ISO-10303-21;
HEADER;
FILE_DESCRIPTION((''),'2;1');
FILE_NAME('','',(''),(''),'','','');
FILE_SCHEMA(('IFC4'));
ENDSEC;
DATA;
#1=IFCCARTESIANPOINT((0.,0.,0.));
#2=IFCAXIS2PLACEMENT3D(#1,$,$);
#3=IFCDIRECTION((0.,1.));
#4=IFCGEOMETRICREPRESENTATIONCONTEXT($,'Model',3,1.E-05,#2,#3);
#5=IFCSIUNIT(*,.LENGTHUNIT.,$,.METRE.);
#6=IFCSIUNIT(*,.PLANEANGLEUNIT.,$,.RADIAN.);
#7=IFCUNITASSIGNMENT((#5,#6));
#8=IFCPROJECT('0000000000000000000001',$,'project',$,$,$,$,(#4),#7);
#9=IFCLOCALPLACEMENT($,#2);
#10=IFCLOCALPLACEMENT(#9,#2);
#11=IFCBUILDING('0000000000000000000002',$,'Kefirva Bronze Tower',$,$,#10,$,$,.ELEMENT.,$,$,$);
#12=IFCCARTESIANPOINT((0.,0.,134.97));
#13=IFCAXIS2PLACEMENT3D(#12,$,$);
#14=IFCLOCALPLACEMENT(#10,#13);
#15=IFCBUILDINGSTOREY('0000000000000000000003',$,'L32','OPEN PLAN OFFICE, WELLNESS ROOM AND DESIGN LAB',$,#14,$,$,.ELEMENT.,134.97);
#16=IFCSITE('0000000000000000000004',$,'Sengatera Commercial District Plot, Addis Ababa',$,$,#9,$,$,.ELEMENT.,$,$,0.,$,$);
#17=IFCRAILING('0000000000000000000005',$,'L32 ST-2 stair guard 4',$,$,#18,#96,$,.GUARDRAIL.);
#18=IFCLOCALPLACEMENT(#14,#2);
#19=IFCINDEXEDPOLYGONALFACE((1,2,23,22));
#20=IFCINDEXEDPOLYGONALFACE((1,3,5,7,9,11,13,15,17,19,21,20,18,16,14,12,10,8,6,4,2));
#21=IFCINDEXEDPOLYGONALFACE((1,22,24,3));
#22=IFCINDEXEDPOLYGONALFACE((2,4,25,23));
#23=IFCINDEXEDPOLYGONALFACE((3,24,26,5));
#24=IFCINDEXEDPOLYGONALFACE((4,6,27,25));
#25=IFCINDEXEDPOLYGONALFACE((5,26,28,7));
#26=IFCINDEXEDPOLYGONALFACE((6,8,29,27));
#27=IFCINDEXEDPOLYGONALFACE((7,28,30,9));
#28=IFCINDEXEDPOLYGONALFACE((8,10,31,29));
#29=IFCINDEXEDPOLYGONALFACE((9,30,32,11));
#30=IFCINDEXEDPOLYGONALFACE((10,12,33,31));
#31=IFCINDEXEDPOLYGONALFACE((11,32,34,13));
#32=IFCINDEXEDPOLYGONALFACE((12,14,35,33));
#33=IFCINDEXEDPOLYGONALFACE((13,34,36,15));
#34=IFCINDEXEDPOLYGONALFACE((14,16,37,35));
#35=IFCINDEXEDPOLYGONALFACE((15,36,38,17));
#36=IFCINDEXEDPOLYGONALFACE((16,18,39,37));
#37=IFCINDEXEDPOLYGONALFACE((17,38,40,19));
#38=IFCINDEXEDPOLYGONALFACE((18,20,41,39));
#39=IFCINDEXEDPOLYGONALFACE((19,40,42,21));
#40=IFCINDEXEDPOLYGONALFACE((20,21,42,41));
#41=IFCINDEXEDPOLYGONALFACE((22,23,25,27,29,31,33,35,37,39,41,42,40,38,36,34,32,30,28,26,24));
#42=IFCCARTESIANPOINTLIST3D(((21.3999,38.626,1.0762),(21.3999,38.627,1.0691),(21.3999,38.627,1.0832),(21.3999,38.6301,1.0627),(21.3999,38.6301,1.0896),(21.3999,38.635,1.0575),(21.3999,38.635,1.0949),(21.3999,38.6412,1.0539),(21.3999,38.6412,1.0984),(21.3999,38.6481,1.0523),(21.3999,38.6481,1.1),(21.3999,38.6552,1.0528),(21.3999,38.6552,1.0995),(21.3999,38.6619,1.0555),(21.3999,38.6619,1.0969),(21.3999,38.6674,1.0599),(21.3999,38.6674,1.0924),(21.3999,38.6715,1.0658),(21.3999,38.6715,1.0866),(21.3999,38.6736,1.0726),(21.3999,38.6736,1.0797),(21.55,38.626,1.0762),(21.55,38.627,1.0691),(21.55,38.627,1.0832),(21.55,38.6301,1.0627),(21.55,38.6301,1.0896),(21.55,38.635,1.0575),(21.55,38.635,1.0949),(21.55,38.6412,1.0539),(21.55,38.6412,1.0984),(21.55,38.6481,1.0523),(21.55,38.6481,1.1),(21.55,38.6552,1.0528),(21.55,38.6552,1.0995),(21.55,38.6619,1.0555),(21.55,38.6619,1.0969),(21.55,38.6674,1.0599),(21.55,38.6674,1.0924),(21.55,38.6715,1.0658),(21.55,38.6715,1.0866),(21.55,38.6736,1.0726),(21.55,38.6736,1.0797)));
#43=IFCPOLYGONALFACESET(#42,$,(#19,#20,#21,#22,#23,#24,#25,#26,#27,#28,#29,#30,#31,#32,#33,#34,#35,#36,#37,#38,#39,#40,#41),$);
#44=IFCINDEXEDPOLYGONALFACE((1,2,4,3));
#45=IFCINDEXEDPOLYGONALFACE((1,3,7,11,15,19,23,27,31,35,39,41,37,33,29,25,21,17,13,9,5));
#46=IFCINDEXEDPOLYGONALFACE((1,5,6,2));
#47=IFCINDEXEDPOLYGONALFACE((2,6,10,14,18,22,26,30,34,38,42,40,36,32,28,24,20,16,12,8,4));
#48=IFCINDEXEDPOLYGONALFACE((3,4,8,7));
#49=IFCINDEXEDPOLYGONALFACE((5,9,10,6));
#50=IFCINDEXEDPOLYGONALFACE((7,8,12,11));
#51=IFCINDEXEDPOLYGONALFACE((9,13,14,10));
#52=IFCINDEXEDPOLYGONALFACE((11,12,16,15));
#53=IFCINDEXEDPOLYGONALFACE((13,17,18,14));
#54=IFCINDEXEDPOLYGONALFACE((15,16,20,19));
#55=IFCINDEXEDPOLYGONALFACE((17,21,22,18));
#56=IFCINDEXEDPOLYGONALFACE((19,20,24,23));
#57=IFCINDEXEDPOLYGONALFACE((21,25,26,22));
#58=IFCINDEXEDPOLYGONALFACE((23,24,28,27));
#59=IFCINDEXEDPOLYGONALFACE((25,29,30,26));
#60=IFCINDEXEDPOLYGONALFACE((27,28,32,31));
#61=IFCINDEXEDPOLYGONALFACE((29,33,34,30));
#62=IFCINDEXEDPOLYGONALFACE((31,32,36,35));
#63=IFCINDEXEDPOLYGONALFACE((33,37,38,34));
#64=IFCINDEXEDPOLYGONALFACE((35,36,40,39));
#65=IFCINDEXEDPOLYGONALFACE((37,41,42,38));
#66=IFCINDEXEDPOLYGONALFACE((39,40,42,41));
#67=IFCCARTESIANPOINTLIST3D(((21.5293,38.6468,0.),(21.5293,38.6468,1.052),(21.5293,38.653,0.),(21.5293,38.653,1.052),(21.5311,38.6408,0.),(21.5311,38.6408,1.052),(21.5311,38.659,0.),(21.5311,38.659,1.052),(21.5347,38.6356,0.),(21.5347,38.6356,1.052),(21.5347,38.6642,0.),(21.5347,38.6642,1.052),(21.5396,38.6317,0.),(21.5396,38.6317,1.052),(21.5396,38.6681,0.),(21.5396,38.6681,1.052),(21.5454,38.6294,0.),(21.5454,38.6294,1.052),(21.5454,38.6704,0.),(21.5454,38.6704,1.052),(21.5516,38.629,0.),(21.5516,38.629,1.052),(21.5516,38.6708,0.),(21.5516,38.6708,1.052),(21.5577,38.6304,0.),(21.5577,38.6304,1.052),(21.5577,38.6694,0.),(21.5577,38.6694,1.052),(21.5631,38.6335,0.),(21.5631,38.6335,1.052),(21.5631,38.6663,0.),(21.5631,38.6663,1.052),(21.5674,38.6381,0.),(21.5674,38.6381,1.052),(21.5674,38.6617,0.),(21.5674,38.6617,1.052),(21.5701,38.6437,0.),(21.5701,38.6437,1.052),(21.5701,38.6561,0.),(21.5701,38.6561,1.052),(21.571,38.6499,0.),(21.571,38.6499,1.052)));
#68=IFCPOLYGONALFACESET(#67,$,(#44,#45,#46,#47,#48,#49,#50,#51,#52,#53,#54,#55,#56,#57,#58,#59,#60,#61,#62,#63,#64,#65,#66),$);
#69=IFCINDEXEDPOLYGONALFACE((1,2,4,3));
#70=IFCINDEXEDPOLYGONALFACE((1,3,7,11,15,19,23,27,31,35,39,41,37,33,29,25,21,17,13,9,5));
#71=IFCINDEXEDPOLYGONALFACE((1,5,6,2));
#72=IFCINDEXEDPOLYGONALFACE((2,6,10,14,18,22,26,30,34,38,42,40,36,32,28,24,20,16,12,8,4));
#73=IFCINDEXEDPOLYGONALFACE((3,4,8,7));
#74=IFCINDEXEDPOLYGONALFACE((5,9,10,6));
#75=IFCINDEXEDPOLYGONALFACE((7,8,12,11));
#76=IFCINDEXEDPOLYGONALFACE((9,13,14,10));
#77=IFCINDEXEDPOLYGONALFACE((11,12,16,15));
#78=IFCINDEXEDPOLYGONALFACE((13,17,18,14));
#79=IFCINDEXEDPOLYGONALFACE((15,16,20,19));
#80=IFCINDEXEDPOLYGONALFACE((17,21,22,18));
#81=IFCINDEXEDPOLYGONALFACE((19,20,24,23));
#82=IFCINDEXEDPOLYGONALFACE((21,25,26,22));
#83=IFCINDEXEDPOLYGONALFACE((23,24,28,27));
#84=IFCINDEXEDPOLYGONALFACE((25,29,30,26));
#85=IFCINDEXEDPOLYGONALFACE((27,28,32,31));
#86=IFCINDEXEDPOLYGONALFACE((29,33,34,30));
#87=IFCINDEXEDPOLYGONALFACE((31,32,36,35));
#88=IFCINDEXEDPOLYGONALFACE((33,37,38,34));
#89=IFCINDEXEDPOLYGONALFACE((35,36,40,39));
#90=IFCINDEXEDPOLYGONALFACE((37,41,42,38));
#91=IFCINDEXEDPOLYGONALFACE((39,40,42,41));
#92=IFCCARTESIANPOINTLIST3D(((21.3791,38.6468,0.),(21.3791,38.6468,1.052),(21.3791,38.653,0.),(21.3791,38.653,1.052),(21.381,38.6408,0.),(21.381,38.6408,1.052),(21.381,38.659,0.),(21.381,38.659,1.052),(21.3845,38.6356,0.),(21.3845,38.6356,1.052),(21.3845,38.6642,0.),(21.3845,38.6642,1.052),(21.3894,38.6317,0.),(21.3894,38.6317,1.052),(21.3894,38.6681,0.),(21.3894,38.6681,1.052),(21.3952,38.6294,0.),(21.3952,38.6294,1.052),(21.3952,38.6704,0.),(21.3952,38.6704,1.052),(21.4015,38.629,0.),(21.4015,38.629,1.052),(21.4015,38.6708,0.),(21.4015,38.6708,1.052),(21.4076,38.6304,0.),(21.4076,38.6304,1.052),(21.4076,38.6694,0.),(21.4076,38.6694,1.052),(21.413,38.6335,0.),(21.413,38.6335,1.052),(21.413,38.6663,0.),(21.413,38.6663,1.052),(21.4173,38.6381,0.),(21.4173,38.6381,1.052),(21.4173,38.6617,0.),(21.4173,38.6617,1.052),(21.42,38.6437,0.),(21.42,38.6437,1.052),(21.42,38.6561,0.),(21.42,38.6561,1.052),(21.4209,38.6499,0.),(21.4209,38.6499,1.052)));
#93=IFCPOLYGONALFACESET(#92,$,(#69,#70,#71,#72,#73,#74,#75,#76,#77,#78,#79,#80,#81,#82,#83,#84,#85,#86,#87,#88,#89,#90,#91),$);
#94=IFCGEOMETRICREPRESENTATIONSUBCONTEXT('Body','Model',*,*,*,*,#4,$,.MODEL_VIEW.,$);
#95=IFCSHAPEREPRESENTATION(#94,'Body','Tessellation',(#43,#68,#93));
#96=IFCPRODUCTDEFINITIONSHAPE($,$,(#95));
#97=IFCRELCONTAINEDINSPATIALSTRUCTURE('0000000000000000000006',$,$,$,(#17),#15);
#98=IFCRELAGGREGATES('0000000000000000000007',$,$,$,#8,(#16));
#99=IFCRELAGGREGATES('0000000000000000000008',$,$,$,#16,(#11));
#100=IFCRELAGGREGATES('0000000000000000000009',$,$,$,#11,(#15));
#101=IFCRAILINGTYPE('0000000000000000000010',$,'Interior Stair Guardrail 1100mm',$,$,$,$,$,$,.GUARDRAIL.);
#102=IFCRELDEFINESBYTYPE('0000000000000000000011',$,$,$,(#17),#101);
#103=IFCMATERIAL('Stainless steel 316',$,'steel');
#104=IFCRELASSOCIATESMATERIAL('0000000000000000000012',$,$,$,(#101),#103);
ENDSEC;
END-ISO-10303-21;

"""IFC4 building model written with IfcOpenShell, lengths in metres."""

from ifc_helpers import new_model, si_unit, direction, frame, origin, origin_2d, place, context, subcontext, project, spatial, circle, extrude, material, type_object, element, save


model = new_model("IFC4")

# Units and contexts
model_context = context("Model", 3, precision=1e-05, world=origin(), true_north=direction((0.0, 1.0)))
body_context = subcontext(model_context, "Body", "Model", "MODEL_VIEW")
ifc_project = project(units=[si_unit("LENGTHUNIT", "METRE"), si_unit("PLANEANGLEUNIT", "RADIAN")], contexts=[model_context])

# Site, building, storey
site_placement = place(None, origin())
site = spatial("IfcSite", under=ifc_project, at=site_placement, Name="Sengatera Commercial District Plot, Addis Ababa", CompositionType="ELEMENT", RefElevation=0.0)
building_placement = place(site_placement, origin())
building = spatial("IfcBuilding", under=site, at=building_placement, Name="Kefirva Bronze Tower", CompositionType="ELEMENT")
storey_placement = place(building_placement, frame((0.0, 0.0, 134.97)))
storey = spatial("IfcBuildingStorey", under=building, at=storey_placement, Name="L32", Description="OPEN PLAN OFFICE, WELLNESS ROOM AND DESIGN LAB", CompositionType="ELEMENT", Elevation=134.97)

# Railing
ifc_material_1 = material(Name="Stainless steel 316", Category="steel")
railing_type_1 = type_object("IfcRailingType", Name="Interior Stair Guardrail 1100mm", PredefinedType="GUARDRAIL", material=ifc_material_1)
railing_1_placement = place(storey_placement, frame((21.55, 38.6499, 0.0)))
element("IfcRailing", 1, at=railing_1_placement, inside=storey, type_object=railing_type_1, Name="L32 ST-2 stair guard 4", PredefinedType="GUARDRAIL", context=body_context, shape_type="SweptSolid", body=[
    extrude(circle(Radius=0.0239, at=origin_2d()), frame((0.0, 0.0, 1.0762), z_axis=(-1.0, 0.0, 0.0), x_axis=(0.0, -1.0, 0.0)), (0.0, 0.0, 1.0), 0.1501),
    extrude(circle(Radius=0.021, at=origin_2d()), origin(), (0.0, 0.0, 1.0), 1.052),
    extrude(circle(Radius=0.021, at=origin_2d()), frame((-0.1501, 0.0, 0.0)), (0.0, 0.0, 1.0), 1.052),
])

save(model, "model.ifc")
